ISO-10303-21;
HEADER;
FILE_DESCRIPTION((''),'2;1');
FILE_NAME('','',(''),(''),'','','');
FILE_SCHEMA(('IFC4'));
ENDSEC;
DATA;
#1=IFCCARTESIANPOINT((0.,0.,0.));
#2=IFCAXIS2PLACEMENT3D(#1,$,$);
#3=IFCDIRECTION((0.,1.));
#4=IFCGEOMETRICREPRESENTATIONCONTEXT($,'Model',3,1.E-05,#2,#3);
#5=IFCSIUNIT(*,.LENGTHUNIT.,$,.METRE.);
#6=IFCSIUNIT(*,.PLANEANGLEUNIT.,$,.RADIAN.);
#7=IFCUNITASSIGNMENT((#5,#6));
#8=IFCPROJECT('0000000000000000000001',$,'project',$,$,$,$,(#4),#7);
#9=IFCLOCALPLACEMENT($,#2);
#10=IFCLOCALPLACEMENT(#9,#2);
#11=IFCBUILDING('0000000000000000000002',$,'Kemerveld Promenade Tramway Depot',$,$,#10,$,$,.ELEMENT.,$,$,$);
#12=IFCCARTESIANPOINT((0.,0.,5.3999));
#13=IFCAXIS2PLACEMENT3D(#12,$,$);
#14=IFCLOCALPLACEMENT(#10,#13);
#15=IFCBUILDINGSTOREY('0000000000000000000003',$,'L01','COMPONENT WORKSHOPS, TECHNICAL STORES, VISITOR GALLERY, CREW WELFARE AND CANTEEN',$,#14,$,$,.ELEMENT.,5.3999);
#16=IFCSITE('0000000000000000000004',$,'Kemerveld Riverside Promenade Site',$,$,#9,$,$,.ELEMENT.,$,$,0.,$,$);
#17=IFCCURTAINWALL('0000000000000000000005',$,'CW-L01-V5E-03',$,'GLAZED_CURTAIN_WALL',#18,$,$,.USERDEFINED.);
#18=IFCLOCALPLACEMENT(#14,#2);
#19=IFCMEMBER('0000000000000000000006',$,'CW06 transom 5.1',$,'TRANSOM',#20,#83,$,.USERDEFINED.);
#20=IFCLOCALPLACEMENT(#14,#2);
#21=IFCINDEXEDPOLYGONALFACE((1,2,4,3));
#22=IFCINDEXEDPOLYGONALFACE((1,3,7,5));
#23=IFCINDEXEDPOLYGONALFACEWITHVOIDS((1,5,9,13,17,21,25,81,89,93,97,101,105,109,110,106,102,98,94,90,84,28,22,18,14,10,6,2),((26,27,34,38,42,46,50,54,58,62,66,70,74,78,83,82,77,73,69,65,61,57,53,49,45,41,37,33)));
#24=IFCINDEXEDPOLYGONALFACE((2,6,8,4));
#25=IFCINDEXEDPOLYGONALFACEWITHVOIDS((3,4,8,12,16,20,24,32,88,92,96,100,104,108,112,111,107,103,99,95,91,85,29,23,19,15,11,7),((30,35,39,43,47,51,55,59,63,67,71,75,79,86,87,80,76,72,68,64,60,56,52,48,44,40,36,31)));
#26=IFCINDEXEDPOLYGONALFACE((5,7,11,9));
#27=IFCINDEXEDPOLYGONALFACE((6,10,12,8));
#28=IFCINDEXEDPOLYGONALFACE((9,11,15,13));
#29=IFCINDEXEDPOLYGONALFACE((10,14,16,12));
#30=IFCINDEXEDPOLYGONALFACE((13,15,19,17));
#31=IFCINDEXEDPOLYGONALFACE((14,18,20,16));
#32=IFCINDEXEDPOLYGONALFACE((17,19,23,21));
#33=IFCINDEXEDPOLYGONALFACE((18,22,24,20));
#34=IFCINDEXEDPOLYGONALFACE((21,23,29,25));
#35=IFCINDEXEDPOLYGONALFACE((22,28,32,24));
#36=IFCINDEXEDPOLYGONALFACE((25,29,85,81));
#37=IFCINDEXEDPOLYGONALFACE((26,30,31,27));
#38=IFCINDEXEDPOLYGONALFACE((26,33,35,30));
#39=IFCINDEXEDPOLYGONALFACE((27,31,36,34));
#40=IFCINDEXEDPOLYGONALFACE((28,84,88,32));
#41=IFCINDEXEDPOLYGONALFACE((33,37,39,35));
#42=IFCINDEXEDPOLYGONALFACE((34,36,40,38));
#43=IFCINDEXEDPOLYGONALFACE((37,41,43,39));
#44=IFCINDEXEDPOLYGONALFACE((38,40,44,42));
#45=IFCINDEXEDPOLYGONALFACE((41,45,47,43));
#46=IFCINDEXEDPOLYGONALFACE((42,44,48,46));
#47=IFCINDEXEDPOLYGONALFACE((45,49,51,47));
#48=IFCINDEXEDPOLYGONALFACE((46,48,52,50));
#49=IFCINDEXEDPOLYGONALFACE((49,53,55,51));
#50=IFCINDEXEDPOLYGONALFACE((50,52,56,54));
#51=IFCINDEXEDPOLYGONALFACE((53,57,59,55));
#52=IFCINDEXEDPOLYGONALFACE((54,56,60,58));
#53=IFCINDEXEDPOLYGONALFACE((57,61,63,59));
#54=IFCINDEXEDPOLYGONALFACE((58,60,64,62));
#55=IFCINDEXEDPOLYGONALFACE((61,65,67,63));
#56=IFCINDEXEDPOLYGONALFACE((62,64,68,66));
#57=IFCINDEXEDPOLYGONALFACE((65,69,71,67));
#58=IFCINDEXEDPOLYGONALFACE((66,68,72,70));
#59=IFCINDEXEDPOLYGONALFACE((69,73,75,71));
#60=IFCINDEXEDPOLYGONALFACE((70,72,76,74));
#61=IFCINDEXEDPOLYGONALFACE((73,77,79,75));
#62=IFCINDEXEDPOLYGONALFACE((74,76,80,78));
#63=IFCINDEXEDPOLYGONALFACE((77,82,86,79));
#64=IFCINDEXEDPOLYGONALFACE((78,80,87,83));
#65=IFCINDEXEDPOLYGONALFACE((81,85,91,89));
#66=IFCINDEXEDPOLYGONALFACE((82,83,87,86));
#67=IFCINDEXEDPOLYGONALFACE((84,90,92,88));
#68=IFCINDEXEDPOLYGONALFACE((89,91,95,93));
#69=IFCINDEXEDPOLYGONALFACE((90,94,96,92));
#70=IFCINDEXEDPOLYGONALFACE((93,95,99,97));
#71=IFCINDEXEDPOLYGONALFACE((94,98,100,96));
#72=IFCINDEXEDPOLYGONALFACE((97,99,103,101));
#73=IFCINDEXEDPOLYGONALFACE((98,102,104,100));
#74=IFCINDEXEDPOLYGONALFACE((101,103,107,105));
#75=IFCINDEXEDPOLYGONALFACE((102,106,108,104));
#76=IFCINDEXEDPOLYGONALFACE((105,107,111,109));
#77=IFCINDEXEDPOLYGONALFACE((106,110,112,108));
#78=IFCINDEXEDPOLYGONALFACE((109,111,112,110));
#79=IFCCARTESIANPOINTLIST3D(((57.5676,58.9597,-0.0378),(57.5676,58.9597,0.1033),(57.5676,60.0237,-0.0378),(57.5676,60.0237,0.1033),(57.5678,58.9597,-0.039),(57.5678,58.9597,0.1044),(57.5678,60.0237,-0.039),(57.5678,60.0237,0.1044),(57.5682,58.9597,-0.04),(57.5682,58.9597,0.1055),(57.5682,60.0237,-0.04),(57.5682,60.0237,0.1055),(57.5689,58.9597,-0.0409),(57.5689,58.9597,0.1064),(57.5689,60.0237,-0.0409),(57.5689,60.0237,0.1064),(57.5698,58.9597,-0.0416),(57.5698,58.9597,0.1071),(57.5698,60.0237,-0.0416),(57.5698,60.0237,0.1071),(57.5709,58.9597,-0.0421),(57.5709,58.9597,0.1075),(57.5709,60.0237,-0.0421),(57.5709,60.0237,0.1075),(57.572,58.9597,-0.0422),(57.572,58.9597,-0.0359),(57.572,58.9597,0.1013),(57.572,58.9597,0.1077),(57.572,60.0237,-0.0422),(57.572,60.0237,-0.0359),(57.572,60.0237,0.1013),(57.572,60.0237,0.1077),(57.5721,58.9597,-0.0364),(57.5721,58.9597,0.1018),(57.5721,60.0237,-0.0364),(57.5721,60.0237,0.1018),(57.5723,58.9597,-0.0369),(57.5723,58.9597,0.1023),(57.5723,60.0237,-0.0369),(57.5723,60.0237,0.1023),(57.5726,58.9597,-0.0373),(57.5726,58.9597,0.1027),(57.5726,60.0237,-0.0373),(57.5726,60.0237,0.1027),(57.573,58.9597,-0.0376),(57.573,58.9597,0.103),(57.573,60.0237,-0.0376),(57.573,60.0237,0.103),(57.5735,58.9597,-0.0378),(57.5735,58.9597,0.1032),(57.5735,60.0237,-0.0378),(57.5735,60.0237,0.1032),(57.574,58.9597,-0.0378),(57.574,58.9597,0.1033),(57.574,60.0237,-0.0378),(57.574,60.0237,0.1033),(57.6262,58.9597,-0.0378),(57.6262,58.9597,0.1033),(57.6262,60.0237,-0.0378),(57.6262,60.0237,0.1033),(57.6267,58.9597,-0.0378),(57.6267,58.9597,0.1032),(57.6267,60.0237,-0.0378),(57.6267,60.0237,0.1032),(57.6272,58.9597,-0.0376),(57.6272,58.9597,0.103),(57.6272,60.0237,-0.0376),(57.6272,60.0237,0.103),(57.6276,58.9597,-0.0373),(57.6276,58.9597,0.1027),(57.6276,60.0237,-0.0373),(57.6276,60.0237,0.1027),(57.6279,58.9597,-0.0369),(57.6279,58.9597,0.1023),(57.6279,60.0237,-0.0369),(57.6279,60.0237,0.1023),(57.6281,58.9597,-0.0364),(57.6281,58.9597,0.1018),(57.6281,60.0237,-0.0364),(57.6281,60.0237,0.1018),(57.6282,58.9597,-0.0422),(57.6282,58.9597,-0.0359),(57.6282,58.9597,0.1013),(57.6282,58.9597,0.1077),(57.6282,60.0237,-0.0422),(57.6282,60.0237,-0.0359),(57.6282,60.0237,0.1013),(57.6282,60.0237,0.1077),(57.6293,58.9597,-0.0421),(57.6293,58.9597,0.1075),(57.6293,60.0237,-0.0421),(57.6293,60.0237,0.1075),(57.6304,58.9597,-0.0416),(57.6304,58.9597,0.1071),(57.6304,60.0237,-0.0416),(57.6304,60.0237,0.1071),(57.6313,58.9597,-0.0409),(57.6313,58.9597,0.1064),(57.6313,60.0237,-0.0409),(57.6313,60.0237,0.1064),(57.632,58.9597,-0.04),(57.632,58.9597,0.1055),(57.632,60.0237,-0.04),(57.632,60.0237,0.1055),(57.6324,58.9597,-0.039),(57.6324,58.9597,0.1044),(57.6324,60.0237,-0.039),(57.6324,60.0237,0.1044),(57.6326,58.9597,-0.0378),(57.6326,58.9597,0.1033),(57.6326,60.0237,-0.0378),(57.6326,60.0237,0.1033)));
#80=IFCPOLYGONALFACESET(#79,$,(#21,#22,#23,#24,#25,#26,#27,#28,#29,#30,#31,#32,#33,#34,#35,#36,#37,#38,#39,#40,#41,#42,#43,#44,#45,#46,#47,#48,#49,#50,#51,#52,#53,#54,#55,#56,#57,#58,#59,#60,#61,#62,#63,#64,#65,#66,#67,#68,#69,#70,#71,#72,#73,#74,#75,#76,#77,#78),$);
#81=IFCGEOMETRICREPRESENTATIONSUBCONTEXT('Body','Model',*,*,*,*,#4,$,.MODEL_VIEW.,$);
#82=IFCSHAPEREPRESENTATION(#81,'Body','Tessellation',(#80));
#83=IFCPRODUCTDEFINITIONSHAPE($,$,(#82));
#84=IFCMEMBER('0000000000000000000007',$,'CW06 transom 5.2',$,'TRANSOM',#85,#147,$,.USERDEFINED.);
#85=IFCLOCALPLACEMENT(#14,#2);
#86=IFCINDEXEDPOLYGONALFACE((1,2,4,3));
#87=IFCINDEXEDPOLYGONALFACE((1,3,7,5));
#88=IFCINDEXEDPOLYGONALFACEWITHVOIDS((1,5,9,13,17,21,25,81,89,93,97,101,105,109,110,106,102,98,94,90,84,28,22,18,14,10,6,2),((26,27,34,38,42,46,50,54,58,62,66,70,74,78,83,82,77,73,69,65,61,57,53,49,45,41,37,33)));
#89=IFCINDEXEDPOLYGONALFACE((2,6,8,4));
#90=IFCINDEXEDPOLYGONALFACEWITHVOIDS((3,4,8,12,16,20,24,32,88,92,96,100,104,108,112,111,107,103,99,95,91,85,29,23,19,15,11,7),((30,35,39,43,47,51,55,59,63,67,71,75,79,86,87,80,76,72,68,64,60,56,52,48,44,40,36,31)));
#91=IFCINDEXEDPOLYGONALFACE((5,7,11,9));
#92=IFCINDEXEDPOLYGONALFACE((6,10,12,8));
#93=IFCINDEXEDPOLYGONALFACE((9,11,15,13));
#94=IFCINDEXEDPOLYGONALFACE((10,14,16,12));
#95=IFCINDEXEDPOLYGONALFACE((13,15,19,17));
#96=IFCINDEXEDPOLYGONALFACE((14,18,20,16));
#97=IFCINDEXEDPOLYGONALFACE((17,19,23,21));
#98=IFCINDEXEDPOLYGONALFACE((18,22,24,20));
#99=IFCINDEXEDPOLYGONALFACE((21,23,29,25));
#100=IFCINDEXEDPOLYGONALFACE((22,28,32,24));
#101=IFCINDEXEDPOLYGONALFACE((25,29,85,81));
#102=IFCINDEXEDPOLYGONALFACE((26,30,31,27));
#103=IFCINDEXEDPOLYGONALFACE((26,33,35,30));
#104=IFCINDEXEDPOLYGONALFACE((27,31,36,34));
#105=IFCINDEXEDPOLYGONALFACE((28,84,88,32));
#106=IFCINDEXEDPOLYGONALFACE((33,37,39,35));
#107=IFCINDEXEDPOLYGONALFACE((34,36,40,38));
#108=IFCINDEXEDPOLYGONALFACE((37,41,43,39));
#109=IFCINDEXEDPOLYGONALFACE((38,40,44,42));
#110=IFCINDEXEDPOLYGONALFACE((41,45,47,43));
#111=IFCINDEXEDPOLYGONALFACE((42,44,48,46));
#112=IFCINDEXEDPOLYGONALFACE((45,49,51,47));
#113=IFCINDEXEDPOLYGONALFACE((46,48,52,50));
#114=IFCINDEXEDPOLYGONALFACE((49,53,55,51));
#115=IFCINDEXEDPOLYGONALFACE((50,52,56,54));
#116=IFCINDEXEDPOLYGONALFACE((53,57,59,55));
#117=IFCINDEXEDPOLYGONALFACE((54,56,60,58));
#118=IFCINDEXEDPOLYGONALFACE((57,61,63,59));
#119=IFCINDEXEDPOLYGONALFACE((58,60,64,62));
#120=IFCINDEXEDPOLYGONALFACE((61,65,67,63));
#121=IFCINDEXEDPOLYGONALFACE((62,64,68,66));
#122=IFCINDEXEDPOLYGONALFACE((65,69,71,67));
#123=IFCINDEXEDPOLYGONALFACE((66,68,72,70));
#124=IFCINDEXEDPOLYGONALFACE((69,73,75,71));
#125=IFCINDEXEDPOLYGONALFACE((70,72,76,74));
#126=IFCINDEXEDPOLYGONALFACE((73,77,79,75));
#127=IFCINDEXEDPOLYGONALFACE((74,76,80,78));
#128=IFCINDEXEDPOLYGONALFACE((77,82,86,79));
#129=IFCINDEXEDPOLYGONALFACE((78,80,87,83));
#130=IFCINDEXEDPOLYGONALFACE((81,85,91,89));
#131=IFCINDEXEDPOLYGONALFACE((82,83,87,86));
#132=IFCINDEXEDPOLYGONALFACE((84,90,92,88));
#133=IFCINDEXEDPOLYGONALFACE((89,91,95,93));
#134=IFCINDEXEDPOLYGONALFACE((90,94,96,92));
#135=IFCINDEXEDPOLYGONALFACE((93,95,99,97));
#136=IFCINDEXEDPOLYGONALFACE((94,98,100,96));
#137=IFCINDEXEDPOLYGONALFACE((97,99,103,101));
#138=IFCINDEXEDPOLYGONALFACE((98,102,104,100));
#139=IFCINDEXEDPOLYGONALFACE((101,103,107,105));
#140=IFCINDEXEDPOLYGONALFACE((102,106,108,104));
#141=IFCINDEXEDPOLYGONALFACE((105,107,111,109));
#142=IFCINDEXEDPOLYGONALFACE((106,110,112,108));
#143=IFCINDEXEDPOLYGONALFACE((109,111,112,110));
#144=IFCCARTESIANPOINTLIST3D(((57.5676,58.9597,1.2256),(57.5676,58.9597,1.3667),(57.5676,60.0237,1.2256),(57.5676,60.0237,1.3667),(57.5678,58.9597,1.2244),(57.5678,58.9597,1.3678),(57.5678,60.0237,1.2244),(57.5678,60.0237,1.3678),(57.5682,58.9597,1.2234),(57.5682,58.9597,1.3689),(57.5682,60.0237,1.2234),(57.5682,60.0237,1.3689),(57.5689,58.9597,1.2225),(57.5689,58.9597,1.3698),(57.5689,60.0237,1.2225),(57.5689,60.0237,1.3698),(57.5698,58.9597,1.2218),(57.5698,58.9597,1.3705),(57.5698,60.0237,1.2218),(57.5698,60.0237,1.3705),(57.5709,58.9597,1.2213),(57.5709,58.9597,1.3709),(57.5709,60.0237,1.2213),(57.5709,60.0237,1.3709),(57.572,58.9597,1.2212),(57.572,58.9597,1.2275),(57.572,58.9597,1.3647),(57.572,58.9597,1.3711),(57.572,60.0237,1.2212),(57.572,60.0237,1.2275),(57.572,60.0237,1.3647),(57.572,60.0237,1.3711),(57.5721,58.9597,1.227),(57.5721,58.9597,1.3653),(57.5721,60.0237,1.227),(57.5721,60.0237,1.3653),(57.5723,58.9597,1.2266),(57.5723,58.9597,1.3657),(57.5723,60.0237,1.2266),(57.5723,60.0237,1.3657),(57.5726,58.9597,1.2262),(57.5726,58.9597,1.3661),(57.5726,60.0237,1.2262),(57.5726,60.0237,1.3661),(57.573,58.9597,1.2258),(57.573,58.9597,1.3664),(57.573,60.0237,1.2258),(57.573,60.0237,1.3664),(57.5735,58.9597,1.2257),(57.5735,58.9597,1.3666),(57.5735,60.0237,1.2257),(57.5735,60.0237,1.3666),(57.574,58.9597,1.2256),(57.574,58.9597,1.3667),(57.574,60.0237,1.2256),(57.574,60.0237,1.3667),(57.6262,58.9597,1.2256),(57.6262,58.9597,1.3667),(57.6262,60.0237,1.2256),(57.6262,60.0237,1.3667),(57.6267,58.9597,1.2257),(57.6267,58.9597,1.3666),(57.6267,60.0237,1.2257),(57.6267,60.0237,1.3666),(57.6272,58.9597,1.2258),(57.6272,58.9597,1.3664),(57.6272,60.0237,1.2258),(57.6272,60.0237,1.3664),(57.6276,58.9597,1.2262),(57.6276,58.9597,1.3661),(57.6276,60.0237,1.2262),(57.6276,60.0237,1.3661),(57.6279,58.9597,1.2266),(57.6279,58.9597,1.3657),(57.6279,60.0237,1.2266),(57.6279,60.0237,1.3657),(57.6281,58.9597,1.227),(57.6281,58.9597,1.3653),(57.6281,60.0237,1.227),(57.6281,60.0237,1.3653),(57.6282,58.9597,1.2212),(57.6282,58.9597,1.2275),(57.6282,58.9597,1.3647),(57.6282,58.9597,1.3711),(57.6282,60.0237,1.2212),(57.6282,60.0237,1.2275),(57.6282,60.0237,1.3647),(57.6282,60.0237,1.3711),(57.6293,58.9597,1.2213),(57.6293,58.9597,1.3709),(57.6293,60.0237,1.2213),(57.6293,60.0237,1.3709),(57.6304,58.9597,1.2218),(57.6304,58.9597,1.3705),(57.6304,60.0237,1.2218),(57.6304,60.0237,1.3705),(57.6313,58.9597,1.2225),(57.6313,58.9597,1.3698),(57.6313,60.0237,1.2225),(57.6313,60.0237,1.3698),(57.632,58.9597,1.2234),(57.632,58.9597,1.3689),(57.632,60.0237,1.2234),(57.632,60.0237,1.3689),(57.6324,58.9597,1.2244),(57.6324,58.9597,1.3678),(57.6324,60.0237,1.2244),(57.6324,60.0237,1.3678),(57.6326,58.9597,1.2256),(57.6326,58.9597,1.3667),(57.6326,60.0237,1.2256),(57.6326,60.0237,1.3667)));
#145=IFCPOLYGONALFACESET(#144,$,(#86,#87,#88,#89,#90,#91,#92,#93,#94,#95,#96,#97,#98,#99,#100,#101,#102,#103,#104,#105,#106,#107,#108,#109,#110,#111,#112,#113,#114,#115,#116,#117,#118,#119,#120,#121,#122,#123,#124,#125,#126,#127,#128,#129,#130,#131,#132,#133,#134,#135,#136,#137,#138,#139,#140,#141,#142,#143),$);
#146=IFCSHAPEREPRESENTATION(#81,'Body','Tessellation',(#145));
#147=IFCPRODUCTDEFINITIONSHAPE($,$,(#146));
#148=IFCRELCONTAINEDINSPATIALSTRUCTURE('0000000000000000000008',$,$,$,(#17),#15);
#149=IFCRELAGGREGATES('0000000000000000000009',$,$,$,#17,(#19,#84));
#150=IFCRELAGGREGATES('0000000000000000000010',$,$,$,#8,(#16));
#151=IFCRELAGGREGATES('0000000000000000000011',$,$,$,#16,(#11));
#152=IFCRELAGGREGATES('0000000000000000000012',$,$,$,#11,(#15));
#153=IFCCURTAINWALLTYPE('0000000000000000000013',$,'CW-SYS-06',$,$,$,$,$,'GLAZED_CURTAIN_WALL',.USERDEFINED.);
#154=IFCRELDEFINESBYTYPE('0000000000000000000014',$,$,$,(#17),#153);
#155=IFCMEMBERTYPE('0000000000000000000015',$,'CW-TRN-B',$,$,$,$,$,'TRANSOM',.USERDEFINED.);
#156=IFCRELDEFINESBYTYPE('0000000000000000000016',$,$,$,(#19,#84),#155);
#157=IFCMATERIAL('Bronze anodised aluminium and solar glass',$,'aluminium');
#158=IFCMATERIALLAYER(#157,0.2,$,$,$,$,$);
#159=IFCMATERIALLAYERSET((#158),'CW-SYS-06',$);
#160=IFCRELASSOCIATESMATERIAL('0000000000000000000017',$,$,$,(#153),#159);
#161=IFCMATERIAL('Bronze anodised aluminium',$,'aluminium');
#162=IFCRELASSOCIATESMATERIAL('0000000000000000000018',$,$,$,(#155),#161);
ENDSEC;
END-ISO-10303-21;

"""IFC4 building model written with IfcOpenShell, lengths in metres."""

from ifc_helpers import new_model, si_unit, direction, frame, origin, origin_2d, place, context, subcontext, project, spatial, hollow_rectangle, extrude, material, layer, layer_set, material_profile, profile_set, type_object, element, aggregate, save


model = new_model("IFC4")

# Units and contexts
model_context = context("Model", 3, precision=1e-05, world=origin(), true_north=direction((0.0, 1.0)))
body_context = subcontext(model_context, "Body", "Model", "MODEL_VIEW")
ifc_project = project(units=[si_unit("LENGTHUNIT", "METRE"), si_unit("PLANEANGLEUNIT", "RADIAN")], contexts=[model_context])

# Site, building, storey
site_placement = place(None, origin())
site = spatial("IfcSite", under=ifc_project, at=site_placement, Name="Kemerveld Riverside Promenade Site", CompositionType="ELEMENT", RefElevation=0.0)
building_placement = place(site_placement, origin())
building = spatial("IfcBuilding", under=site, at=building_placement, Name="Kemerveld Promenade Tramway Depot", CompositionType="ELEMENT")
storey_placement = place(building_placement, frame((0.0, 0.0, 5.3999)))
storey = spatial("IfcBuildingStorey", under=building, at=storey_placement, Name="L01", Description="COMPONENT WORKSHOPS, TECHNICAL STORES, VISITOR GALLERY, CREW WELFARE AND CANTEEN", CompositionType="ELEMENT", Elevation=5.3999)

# Curtain wall, members
ifc_material_1 = material(Name="Bronze anodised aluminium and solar glass", Category="aluminium")
ifc_layer_1 = layer(ifc_material_1, 0.2)
ifc_layer_set_1 = layer_set([ifc_layer_1], Name="CW-SYS-06")
curtain_wall_type = type_object("IfcCurtainWallType", Name="CW-SYS-06", ElementType="GLAZED_CURTAIN_WALL", PredefinedType="USERDEFINED", material=ifc_layer_set_1)
curtain_wall_placement = place(storey_placement, origin())
curtain_wall = element("IfcCurtainWall", 1, at=curtain_wall_placement, inside=storey, type_object=curtain_wall_type, Name="CW-L01-V5E-03", ObjectType="GLAZED_CURTAIN_WALL", PredefinedType="USERDEFINED")
ifc_material_2 = material(Name="Bronze anodised aluminium", Category="aluminium")
ifc_material_profile_1 = material_profile(ifc_material_2, hollow_rectangle(XDim=0.0649, YDim=0.1499, WallThickness=0.0044, InnerFilletRadius=0.002, OuterFilletRadius=0.0044, at=origin_2d()), Name="CW-TRN-150x65")
ifc_profile_set_1 = profile_set([ifc_material_profile_1], Name="Bronze anodised aluminium")
member_type_1 = type_object("IfcMemberType", Name="CW-TRN-B", ElementType="TRANSOM", PredefinedType="USERDEFINED", material=ifc_profile_set_1)
member_1_placement = place(storey_placement, frame((57.6001, 60.0237, 0.0327), z_axis=(0.0, -1.0, 0.0), x_axis=(1.0, 0.0, 0.0)))
member_1 = element("IfcMember", 2, at=member_1_placement, type_object=member_type_1, Name="CW06 transom 5.1", ObjectType="TRANSOM", PredefinedType="USERDEFINED", context=body_context, shape_type="SweptSolid", body=[
    extrude(hollow_rectangle(XDim=0.0649, YDim=0.1499, WallThickness=0.0044, InnerFilletRadius=0.002, OuterFilletRadius=0.0044, at=origin_2d()), origin(), (0.0, 0.0, 1.0), 1.064),
])
member_2_placement = place(storey_placement, frame((57.6001, 60.0237, 1.2961), z_axis=(0.0, -1.0, 0.0), x_axis=(1.0, 0.0, 0.0)))
member_2 = element("IfcMember", 3, at=member_2_placement, type_object=member_type_1, Name="CW06 transom 5.2", ObjectType="TRANSOM", PredefinedType="USERDEFINED", context=body_context, shape_type="SweptSolid", body=[
    extrude(hollow_rectangle(XDim=0.0649, YDim=0.1499, WallThickness=0.0044, InnerFilletRadius=0.002, OuterFilletRadius=0.0044, at=origin_2d()), origin(), (0.0, 0.0, 1.0), 1.064),
])
aggregate(curtain_wall, [member_1, member_2])

save(model, "model.ifc")
